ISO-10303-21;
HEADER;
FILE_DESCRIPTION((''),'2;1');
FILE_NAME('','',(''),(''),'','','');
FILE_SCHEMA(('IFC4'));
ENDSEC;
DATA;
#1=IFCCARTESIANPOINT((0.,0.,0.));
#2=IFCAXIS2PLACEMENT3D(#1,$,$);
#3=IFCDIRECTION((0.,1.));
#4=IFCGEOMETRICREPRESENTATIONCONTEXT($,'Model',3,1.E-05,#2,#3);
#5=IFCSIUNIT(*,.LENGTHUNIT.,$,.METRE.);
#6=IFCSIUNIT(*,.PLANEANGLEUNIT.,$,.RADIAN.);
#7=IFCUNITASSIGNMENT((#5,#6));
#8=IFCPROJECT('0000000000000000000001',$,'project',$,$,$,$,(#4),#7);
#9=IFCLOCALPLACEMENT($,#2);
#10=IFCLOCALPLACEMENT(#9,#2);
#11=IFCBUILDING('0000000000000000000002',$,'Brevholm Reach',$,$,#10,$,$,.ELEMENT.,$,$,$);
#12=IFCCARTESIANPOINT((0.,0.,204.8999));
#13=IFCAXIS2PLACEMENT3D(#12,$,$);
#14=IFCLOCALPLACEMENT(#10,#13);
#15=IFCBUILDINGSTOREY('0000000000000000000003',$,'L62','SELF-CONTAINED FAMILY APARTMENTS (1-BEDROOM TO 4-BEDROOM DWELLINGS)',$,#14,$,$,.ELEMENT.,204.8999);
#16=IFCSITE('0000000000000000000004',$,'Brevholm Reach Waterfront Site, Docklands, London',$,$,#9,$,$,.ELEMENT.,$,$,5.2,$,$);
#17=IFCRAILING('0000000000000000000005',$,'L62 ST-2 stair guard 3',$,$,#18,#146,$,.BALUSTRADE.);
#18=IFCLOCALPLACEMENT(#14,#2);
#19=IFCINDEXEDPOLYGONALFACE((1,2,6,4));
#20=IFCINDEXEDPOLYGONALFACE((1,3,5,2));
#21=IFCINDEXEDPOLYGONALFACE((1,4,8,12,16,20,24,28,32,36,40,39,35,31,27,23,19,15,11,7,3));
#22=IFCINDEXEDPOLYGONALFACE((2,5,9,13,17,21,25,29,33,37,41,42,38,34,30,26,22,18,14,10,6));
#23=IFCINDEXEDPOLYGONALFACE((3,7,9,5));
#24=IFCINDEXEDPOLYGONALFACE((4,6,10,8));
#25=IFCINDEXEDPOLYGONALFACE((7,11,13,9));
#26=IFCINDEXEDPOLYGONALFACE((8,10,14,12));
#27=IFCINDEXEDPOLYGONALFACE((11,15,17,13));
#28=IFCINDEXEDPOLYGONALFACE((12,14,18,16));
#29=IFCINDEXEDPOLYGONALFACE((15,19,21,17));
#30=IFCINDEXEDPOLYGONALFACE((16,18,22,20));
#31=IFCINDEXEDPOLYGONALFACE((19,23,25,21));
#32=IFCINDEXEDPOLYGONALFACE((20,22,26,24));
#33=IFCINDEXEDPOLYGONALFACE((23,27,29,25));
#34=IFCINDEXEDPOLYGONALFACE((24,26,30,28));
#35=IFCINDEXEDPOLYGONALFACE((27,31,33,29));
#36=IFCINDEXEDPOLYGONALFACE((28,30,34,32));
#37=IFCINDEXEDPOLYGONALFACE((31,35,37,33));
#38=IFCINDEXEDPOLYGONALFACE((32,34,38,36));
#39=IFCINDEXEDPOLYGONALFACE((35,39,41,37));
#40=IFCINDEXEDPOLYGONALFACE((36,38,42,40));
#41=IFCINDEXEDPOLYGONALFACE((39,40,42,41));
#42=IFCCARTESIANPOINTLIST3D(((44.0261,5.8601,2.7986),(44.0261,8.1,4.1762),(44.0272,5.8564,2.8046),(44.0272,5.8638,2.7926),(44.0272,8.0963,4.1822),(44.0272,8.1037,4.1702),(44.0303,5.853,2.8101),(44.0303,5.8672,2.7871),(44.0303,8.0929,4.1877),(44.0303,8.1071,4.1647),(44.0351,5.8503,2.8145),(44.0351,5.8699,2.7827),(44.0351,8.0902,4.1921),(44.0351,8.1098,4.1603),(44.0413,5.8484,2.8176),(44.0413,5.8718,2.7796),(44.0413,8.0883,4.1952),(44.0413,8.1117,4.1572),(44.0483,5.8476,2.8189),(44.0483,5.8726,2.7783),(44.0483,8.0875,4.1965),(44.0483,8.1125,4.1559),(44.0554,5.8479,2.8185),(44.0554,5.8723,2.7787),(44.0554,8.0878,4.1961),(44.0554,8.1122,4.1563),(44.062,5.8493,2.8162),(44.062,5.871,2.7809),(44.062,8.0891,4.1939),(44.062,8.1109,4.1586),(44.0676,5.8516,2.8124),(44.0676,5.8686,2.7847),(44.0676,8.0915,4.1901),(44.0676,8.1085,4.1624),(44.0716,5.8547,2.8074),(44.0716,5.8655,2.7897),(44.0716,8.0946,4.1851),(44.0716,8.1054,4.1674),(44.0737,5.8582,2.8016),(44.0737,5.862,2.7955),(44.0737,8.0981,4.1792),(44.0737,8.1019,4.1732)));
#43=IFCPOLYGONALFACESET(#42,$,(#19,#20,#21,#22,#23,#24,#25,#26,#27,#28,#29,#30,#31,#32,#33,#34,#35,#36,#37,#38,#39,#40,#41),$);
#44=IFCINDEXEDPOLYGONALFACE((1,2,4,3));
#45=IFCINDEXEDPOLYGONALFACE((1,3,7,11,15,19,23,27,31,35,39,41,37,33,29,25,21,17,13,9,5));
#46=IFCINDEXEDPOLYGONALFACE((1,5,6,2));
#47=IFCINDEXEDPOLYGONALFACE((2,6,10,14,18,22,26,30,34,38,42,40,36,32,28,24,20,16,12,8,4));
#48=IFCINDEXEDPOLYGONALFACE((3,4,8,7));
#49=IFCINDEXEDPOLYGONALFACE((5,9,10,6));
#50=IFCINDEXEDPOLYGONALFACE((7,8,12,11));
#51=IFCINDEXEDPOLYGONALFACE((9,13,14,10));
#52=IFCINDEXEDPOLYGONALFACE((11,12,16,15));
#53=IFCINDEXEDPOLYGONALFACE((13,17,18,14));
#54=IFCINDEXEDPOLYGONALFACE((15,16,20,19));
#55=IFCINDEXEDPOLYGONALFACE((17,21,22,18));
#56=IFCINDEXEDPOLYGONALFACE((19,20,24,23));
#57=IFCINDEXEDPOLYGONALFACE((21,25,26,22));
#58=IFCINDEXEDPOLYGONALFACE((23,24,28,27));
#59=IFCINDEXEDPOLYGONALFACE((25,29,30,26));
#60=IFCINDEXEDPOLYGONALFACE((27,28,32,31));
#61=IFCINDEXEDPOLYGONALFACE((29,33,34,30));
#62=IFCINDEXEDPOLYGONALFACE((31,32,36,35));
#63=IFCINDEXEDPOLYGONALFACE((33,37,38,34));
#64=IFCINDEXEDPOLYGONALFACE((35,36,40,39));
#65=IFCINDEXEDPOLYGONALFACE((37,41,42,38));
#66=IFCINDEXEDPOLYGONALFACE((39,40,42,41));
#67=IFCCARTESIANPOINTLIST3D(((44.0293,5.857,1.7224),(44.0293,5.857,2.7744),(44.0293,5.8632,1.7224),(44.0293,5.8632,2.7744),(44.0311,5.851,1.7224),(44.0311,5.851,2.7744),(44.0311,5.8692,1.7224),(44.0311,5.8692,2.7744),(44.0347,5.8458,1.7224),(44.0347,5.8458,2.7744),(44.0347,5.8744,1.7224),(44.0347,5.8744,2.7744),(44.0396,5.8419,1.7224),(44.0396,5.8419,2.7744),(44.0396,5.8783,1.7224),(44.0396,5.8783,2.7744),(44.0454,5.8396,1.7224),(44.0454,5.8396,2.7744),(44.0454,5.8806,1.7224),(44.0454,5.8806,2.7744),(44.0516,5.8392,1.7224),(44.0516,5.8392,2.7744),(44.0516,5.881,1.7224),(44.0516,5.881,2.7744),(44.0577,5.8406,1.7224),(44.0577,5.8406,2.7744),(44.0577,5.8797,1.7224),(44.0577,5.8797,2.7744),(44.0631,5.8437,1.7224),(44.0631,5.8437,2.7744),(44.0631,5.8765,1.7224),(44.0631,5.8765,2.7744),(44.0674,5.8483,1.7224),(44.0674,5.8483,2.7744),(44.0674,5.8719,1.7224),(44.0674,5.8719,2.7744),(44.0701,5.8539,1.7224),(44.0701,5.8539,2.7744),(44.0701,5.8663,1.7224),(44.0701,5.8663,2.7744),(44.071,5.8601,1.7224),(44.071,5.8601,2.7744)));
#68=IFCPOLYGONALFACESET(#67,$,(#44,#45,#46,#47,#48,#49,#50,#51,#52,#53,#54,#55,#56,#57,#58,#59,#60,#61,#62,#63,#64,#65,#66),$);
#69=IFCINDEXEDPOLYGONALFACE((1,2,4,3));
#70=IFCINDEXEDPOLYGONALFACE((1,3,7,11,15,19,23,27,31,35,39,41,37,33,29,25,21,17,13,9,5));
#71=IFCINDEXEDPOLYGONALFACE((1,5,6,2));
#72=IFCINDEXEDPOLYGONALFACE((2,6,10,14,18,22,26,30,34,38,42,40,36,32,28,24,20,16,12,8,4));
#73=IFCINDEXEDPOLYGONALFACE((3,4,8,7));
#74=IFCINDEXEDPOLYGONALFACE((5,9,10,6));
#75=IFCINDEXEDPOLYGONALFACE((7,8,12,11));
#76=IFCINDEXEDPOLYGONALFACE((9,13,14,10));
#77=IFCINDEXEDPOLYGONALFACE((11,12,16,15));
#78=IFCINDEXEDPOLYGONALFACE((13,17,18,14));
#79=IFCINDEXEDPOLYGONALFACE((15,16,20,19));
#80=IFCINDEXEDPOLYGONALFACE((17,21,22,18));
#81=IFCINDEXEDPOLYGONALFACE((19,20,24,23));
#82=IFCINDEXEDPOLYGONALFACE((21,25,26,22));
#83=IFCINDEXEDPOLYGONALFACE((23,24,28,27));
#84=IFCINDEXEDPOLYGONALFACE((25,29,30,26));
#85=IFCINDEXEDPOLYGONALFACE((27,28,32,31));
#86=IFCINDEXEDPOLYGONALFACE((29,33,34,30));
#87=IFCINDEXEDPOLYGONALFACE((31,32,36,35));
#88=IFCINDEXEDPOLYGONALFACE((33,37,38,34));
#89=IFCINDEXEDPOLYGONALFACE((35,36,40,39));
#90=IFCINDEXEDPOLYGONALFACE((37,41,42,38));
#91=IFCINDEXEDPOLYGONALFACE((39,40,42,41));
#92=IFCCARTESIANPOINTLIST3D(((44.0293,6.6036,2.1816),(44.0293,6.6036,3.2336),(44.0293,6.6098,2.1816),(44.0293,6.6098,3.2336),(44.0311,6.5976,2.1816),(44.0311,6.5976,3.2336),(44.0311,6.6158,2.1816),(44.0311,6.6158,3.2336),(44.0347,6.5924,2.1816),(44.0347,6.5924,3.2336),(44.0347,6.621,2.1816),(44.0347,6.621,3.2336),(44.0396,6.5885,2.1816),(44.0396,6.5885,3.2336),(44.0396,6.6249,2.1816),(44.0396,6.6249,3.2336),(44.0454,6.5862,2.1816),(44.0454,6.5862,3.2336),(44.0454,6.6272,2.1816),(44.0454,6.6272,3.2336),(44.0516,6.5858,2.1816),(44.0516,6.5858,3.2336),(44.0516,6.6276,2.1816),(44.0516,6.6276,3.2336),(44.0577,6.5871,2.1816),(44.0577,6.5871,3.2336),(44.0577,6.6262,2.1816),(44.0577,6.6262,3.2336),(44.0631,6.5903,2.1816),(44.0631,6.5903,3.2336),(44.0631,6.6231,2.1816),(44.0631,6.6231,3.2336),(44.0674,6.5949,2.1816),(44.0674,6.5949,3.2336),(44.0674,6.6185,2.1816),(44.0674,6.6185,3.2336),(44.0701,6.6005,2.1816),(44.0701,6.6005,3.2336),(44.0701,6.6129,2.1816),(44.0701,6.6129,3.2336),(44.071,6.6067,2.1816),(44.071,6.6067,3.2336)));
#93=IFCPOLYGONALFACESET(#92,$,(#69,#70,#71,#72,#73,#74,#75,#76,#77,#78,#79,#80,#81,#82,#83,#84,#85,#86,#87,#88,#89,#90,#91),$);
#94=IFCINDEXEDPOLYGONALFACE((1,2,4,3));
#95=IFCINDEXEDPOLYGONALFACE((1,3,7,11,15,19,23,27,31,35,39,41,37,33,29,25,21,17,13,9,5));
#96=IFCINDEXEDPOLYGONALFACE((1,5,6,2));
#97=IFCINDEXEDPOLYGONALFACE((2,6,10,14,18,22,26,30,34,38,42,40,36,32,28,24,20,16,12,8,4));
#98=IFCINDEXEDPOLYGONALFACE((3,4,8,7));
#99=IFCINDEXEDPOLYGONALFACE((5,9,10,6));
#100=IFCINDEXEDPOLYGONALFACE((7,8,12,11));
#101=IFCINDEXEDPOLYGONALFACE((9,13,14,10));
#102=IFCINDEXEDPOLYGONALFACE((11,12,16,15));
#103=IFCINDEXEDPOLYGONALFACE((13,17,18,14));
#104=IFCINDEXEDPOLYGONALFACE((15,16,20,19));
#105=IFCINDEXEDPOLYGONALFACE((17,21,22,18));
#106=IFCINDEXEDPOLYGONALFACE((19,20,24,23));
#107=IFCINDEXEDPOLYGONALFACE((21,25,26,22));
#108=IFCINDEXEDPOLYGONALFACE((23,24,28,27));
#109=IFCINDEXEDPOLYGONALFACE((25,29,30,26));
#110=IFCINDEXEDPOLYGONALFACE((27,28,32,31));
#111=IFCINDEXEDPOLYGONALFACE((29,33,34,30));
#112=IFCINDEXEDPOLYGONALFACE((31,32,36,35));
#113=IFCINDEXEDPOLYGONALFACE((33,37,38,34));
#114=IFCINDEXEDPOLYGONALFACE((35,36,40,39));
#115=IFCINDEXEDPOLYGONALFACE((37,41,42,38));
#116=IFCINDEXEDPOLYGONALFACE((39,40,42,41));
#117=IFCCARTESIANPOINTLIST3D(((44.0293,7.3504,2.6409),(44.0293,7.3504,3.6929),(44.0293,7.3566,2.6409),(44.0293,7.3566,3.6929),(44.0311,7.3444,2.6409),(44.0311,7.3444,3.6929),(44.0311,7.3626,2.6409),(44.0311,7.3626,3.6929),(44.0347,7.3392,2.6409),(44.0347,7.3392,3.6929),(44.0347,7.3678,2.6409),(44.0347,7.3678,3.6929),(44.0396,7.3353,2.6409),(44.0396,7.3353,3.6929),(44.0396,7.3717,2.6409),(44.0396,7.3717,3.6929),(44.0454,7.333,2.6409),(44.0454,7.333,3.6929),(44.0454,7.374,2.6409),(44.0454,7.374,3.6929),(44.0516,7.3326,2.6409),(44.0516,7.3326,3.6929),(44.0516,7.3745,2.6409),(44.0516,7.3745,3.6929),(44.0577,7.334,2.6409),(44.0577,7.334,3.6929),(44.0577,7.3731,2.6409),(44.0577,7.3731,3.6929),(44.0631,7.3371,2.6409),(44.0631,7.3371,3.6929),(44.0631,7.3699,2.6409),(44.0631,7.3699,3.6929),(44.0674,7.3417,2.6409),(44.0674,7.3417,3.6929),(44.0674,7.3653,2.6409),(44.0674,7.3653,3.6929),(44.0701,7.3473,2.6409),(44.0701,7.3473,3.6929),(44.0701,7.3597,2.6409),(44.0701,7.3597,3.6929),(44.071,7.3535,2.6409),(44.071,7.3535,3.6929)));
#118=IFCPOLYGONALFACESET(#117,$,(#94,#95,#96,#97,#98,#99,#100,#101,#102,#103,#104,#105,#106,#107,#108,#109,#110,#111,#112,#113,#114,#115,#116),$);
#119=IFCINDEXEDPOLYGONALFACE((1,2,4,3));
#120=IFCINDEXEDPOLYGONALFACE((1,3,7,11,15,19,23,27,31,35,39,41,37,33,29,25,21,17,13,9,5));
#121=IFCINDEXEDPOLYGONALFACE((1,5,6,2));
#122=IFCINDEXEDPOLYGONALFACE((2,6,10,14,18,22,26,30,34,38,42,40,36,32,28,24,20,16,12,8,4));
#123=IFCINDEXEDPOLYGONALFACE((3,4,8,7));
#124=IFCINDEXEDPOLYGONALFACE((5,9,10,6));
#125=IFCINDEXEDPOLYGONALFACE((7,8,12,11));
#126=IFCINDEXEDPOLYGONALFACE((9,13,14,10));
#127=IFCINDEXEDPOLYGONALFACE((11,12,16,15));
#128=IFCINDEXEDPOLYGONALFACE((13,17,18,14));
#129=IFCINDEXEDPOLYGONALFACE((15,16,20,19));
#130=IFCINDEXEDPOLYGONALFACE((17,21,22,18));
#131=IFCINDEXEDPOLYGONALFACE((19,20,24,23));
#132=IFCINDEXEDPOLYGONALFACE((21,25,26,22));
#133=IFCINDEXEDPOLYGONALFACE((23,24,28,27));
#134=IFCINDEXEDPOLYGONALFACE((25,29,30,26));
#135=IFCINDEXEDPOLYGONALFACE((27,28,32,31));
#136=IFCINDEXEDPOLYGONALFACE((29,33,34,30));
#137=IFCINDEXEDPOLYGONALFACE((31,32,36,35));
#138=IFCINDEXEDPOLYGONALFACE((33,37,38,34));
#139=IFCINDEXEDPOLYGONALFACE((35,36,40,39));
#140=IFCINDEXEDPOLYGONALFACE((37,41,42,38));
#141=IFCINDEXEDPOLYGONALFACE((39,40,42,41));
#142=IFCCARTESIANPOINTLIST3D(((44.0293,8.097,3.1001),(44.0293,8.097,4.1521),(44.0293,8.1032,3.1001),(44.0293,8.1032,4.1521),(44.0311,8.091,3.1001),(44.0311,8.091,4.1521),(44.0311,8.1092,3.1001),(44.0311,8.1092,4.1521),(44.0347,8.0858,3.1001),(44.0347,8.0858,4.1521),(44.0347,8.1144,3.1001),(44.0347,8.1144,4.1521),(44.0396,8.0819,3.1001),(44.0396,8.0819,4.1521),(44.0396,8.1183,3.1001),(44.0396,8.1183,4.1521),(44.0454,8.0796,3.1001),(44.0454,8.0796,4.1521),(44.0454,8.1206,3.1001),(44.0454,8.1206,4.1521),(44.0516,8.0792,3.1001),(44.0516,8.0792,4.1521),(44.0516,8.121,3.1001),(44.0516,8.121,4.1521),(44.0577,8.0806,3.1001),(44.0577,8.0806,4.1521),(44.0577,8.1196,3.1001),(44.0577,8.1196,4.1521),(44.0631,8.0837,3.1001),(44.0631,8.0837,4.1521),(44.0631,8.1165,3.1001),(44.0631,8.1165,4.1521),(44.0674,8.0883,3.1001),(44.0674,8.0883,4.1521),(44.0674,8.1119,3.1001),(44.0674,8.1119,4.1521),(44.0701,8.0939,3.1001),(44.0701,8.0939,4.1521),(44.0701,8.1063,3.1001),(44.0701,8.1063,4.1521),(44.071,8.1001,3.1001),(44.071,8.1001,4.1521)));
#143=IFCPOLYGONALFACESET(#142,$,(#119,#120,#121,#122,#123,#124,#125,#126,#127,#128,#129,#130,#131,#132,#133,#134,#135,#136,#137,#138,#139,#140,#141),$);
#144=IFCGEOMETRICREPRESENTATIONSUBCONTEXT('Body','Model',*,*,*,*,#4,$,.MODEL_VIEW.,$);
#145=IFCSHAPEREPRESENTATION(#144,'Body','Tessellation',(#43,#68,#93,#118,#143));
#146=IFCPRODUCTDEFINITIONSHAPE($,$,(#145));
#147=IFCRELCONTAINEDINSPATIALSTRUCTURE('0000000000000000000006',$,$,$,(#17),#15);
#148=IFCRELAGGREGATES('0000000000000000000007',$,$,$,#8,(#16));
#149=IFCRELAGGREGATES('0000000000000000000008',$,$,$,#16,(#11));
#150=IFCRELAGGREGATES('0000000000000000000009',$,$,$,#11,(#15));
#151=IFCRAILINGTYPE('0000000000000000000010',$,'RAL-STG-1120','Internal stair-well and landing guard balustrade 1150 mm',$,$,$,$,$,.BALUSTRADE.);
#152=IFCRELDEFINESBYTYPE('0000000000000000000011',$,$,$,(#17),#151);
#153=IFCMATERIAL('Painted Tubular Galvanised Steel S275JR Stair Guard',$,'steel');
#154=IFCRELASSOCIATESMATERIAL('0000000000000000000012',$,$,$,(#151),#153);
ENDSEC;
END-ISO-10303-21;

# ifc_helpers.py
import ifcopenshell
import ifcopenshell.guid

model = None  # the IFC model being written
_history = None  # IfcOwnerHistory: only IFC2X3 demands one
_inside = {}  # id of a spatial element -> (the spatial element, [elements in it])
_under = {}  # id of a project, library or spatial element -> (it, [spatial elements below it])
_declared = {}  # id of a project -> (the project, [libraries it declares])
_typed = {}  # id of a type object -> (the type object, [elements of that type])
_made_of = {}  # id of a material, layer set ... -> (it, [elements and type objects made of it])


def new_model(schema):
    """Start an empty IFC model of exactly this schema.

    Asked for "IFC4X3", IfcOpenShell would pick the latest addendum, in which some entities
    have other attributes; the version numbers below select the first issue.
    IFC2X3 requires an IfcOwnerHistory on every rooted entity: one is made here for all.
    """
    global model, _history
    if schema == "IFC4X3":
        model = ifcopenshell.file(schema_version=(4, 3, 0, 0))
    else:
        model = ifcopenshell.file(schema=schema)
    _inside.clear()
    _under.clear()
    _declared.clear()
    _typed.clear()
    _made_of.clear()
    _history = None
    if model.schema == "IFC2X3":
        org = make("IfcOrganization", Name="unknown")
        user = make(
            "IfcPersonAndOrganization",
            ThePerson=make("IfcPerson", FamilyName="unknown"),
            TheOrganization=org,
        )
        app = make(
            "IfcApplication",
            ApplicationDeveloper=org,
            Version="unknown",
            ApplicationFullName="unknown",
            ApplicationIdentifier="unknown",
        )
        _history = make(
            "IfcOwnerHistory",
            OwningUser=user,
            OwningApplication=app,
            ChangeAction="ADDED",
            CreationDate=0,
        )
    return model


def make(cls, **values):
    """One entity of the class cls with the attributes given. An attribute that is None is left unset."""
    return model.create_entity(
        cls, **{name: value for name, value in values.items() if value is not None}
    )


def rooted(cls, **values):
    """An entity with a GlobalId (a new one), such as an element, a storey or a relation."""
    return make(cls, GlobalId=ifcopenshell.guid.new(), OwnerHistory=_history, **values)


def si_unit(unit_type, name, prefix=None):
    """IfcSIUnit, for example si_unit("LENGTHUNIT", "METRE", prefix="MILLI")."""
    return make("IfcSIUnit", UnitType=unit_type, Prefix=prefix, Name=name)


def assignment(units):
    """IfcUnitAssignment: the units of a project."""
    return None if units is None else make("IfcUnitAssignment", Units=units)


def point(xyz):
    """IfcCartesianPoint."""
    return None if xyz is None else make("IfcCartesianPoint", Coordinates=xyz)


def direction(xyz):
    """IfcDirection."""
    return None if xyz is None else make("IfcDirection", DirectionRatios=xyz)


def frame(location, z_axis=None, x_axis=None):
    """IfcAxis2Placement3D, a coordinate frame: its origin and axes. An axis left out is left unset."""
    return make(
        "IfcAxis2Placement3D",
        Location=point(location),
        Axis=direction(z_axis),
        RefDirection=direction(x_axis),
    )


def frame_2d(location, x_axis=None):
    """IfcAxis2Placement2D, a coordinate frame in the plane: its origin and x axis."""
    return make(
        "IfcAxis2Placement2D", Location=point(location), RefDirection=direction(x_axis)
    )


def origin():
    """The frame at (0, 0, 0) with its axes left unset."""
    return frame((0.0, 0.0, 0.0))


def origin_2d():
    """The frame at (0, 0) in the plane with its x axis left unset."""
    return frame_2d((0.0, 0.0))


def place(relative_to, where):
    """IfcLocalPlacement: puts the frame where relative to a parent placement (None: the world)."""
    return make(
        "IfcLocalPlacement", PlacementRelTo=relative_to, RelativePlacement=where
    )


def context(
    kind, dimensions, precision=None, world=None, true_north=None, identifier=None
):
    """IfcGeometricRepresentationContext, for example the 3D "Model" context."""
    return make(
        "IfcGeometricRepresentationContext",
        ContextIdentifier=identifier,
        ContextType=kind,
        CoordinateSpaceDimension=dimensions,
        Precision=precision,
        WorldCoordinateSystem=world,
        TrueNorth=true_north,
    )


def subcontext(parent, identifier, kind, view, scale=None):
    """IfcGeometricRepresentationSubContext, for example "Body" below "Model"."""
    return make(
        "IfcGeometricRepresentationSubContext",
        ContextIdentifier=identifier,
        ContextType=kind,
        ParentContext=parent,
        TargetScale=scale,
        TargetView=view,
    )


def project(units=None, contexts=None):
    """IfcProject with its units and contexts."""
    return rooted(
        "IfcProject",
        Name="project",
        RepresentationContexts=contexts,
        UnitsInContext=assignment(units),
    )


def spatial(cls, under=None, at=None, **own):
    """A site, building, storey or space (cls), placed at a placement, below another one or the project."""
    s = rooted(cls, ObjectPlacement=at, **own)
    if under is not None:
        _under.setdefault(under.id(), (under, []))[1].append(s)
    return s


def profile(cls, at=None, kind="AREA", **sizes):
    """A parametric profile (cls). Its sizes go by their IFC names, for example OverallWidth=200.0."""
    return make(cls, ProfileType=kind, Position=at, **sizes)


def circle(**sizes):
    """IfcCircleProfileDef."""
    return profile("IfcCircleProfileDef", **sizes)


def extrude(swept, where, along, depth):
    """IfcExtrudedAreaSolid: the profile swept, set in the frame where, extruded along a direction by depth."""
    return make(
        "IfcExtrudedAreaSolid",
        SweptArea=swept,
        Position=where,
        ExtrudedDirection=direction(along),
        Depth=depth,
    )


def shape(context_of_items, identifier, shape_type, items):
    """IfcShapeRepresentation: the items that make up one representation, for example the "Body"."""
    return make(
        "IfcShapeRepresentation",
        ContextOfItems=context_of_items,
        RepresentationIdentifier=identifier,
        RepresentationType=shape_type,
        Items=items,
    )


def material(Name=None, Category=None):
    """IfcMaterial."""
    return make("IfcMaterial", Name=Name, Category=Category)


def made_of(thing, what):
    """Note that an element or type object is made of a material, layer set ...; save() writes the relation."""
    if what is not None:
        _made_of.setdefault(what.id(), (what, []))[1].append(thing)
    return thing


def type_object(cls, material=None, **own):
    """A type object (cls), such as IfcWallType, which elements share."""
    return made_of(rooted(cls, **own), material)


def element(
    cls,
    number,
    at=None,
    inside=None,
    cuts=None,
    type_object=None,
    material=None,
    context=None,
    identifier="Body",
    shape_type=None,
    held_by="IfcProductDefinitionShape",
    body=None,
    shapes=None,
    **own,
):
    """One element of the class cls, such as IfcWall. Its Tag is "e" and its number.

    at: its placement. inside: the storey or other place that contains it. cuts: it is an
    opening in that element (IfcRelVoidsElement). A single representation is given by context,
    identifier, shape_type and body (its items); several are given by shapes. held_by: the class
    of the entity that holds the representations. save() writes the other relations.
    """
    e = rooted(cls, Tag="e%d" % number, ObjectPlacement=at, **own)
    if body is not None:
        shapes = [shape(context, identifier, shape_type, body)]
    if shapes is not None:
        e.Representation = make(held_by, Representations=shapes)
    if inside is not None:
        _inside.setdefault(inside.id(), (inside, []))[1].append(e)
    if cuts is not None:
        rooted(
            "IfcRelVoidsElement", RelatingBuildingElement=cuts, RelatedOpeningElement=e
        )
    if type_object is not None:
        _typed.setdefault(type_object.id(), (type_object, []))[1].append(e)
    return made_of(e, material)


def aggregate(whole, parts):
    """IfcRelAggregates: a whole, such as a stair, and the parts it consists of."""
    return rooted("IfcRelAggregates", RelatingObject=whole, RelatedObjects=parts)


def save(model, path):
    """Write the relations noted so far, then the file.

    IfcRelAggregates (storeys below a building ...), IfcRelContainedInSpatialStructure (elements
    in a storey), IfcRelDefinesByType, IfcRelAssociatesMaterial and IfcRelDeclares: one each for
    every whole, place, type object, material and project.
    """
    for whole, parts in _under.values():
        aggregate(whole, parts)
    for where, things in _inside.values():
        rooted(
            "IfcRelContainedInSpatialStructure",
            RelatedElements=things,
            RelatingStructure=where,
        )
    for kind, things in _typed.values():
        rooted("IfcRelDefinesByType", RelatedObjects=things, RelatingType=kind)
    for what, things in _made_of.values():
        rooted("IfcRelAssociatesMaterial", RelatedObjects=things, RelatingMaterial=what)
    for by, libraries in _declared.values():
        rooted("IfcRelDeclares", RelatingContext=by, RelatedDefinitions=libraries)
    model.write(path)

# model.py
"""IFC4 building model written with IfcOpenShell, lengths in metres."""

from ifc_helpers import new_model, si_unit, direction, frame, origin, origin_2d, place, context, subcontext, project, spatial, circle, extrude, material, type_object, element, save


model = new_model("IFC4")

# Units and contexts
model_context = context("Model", 3, precision=1e-05, world=origin(), true_north=direction((0.0, 1.0)))
body_context = subcontext(model_context, "Body", "Model", "MODEL_VIEW")
ifc_project = project(units=[si_unit("LENGTHUNIT", "METRE"), si_unit("PLANEANGLEUNIT", "RADIAN")], contexts=[model_context])

# Site, building, storey
site_placement = place(None, origin())
site = spatial("IfcSite", under=ifc_project, at=site_placement, Name="Brevholm Reach Waterfront Site, Docklands, London", CompositionType="ELEMENT", RefElevation=5.2)
building_placement = place(site_placement, origin())
building = spatial("IfcBuilding", under=site, at=building_placement, Name="Brevholm Reach", CompositionType="ELEMENT")
storey_placement = place(building_placement, frame((0.0, 0.0, 204.8999)))
storey = spatial("IfcBuildingStorey", under=building, at=storey_placement, Name="L62", Description="SELF-CONTAINED FAMILY APARTMENTS (1-BEDROOM TO 4-BEDROOM DWELLINGS)", CompositionType="ELEMENT", Elevation=204.8999)

# Railing
ifc_material_1 = material(Name="Painted Tubular Galvanised Steel S275JR Stair Guard", Category="steel")
railing_type_1 = type_object("IfcRailingType", Name="RAL-STG-1120", Description="Internal stair-well and landing guard balustrade 1150 mm", PredefinedType="BALUSTRADE", material=ifc_material_1)
railing_1_placement = place(storey_placement, frame((44.05, 5.8601, 1.7224)))
element("IfcRailing", 1, at=railing_1_placement, inside=storey, type_object=railing_type_1, Name="L62 ST-2 stair guard 3", PredefinedType="BALUSTRADE", context=body_context, shape_type="SweptSolid", body=[
    extrude(circle(Radius=0.0239, at=origin_2d()), frame((0.0, 0.0, 1.0762), z_axis=(0.0, 0.851789, 0.523885), x_axis=(-1.0, 0.0, 0.0)), (0.0, 0.0, 1.0), 2.6296),
    extrude(circle(Radius=0.021, at=origin_2d()), origin(), (0.0, 0.0, 1.0), 1.052),
    extrude(circle(Radius=0.021, at=origin_2d()), frame((0.0, 0.7466, 0.4592)), (0.0, 0.0, 1.0), 1.052),
    extrude(circle(Radius=0.021, at=origin_2d()), frame((0.0, 1.4934, 0.9185)), (0.0, 0.0, 1.0), 1.052),
    extrude(circle(Radius=0.021, at=origin_2d()), frame((0.0, 2.24, 1.3777)), (0.0, 0.0, 1.0), 1.052),
])

save(model, "model.ifc")
